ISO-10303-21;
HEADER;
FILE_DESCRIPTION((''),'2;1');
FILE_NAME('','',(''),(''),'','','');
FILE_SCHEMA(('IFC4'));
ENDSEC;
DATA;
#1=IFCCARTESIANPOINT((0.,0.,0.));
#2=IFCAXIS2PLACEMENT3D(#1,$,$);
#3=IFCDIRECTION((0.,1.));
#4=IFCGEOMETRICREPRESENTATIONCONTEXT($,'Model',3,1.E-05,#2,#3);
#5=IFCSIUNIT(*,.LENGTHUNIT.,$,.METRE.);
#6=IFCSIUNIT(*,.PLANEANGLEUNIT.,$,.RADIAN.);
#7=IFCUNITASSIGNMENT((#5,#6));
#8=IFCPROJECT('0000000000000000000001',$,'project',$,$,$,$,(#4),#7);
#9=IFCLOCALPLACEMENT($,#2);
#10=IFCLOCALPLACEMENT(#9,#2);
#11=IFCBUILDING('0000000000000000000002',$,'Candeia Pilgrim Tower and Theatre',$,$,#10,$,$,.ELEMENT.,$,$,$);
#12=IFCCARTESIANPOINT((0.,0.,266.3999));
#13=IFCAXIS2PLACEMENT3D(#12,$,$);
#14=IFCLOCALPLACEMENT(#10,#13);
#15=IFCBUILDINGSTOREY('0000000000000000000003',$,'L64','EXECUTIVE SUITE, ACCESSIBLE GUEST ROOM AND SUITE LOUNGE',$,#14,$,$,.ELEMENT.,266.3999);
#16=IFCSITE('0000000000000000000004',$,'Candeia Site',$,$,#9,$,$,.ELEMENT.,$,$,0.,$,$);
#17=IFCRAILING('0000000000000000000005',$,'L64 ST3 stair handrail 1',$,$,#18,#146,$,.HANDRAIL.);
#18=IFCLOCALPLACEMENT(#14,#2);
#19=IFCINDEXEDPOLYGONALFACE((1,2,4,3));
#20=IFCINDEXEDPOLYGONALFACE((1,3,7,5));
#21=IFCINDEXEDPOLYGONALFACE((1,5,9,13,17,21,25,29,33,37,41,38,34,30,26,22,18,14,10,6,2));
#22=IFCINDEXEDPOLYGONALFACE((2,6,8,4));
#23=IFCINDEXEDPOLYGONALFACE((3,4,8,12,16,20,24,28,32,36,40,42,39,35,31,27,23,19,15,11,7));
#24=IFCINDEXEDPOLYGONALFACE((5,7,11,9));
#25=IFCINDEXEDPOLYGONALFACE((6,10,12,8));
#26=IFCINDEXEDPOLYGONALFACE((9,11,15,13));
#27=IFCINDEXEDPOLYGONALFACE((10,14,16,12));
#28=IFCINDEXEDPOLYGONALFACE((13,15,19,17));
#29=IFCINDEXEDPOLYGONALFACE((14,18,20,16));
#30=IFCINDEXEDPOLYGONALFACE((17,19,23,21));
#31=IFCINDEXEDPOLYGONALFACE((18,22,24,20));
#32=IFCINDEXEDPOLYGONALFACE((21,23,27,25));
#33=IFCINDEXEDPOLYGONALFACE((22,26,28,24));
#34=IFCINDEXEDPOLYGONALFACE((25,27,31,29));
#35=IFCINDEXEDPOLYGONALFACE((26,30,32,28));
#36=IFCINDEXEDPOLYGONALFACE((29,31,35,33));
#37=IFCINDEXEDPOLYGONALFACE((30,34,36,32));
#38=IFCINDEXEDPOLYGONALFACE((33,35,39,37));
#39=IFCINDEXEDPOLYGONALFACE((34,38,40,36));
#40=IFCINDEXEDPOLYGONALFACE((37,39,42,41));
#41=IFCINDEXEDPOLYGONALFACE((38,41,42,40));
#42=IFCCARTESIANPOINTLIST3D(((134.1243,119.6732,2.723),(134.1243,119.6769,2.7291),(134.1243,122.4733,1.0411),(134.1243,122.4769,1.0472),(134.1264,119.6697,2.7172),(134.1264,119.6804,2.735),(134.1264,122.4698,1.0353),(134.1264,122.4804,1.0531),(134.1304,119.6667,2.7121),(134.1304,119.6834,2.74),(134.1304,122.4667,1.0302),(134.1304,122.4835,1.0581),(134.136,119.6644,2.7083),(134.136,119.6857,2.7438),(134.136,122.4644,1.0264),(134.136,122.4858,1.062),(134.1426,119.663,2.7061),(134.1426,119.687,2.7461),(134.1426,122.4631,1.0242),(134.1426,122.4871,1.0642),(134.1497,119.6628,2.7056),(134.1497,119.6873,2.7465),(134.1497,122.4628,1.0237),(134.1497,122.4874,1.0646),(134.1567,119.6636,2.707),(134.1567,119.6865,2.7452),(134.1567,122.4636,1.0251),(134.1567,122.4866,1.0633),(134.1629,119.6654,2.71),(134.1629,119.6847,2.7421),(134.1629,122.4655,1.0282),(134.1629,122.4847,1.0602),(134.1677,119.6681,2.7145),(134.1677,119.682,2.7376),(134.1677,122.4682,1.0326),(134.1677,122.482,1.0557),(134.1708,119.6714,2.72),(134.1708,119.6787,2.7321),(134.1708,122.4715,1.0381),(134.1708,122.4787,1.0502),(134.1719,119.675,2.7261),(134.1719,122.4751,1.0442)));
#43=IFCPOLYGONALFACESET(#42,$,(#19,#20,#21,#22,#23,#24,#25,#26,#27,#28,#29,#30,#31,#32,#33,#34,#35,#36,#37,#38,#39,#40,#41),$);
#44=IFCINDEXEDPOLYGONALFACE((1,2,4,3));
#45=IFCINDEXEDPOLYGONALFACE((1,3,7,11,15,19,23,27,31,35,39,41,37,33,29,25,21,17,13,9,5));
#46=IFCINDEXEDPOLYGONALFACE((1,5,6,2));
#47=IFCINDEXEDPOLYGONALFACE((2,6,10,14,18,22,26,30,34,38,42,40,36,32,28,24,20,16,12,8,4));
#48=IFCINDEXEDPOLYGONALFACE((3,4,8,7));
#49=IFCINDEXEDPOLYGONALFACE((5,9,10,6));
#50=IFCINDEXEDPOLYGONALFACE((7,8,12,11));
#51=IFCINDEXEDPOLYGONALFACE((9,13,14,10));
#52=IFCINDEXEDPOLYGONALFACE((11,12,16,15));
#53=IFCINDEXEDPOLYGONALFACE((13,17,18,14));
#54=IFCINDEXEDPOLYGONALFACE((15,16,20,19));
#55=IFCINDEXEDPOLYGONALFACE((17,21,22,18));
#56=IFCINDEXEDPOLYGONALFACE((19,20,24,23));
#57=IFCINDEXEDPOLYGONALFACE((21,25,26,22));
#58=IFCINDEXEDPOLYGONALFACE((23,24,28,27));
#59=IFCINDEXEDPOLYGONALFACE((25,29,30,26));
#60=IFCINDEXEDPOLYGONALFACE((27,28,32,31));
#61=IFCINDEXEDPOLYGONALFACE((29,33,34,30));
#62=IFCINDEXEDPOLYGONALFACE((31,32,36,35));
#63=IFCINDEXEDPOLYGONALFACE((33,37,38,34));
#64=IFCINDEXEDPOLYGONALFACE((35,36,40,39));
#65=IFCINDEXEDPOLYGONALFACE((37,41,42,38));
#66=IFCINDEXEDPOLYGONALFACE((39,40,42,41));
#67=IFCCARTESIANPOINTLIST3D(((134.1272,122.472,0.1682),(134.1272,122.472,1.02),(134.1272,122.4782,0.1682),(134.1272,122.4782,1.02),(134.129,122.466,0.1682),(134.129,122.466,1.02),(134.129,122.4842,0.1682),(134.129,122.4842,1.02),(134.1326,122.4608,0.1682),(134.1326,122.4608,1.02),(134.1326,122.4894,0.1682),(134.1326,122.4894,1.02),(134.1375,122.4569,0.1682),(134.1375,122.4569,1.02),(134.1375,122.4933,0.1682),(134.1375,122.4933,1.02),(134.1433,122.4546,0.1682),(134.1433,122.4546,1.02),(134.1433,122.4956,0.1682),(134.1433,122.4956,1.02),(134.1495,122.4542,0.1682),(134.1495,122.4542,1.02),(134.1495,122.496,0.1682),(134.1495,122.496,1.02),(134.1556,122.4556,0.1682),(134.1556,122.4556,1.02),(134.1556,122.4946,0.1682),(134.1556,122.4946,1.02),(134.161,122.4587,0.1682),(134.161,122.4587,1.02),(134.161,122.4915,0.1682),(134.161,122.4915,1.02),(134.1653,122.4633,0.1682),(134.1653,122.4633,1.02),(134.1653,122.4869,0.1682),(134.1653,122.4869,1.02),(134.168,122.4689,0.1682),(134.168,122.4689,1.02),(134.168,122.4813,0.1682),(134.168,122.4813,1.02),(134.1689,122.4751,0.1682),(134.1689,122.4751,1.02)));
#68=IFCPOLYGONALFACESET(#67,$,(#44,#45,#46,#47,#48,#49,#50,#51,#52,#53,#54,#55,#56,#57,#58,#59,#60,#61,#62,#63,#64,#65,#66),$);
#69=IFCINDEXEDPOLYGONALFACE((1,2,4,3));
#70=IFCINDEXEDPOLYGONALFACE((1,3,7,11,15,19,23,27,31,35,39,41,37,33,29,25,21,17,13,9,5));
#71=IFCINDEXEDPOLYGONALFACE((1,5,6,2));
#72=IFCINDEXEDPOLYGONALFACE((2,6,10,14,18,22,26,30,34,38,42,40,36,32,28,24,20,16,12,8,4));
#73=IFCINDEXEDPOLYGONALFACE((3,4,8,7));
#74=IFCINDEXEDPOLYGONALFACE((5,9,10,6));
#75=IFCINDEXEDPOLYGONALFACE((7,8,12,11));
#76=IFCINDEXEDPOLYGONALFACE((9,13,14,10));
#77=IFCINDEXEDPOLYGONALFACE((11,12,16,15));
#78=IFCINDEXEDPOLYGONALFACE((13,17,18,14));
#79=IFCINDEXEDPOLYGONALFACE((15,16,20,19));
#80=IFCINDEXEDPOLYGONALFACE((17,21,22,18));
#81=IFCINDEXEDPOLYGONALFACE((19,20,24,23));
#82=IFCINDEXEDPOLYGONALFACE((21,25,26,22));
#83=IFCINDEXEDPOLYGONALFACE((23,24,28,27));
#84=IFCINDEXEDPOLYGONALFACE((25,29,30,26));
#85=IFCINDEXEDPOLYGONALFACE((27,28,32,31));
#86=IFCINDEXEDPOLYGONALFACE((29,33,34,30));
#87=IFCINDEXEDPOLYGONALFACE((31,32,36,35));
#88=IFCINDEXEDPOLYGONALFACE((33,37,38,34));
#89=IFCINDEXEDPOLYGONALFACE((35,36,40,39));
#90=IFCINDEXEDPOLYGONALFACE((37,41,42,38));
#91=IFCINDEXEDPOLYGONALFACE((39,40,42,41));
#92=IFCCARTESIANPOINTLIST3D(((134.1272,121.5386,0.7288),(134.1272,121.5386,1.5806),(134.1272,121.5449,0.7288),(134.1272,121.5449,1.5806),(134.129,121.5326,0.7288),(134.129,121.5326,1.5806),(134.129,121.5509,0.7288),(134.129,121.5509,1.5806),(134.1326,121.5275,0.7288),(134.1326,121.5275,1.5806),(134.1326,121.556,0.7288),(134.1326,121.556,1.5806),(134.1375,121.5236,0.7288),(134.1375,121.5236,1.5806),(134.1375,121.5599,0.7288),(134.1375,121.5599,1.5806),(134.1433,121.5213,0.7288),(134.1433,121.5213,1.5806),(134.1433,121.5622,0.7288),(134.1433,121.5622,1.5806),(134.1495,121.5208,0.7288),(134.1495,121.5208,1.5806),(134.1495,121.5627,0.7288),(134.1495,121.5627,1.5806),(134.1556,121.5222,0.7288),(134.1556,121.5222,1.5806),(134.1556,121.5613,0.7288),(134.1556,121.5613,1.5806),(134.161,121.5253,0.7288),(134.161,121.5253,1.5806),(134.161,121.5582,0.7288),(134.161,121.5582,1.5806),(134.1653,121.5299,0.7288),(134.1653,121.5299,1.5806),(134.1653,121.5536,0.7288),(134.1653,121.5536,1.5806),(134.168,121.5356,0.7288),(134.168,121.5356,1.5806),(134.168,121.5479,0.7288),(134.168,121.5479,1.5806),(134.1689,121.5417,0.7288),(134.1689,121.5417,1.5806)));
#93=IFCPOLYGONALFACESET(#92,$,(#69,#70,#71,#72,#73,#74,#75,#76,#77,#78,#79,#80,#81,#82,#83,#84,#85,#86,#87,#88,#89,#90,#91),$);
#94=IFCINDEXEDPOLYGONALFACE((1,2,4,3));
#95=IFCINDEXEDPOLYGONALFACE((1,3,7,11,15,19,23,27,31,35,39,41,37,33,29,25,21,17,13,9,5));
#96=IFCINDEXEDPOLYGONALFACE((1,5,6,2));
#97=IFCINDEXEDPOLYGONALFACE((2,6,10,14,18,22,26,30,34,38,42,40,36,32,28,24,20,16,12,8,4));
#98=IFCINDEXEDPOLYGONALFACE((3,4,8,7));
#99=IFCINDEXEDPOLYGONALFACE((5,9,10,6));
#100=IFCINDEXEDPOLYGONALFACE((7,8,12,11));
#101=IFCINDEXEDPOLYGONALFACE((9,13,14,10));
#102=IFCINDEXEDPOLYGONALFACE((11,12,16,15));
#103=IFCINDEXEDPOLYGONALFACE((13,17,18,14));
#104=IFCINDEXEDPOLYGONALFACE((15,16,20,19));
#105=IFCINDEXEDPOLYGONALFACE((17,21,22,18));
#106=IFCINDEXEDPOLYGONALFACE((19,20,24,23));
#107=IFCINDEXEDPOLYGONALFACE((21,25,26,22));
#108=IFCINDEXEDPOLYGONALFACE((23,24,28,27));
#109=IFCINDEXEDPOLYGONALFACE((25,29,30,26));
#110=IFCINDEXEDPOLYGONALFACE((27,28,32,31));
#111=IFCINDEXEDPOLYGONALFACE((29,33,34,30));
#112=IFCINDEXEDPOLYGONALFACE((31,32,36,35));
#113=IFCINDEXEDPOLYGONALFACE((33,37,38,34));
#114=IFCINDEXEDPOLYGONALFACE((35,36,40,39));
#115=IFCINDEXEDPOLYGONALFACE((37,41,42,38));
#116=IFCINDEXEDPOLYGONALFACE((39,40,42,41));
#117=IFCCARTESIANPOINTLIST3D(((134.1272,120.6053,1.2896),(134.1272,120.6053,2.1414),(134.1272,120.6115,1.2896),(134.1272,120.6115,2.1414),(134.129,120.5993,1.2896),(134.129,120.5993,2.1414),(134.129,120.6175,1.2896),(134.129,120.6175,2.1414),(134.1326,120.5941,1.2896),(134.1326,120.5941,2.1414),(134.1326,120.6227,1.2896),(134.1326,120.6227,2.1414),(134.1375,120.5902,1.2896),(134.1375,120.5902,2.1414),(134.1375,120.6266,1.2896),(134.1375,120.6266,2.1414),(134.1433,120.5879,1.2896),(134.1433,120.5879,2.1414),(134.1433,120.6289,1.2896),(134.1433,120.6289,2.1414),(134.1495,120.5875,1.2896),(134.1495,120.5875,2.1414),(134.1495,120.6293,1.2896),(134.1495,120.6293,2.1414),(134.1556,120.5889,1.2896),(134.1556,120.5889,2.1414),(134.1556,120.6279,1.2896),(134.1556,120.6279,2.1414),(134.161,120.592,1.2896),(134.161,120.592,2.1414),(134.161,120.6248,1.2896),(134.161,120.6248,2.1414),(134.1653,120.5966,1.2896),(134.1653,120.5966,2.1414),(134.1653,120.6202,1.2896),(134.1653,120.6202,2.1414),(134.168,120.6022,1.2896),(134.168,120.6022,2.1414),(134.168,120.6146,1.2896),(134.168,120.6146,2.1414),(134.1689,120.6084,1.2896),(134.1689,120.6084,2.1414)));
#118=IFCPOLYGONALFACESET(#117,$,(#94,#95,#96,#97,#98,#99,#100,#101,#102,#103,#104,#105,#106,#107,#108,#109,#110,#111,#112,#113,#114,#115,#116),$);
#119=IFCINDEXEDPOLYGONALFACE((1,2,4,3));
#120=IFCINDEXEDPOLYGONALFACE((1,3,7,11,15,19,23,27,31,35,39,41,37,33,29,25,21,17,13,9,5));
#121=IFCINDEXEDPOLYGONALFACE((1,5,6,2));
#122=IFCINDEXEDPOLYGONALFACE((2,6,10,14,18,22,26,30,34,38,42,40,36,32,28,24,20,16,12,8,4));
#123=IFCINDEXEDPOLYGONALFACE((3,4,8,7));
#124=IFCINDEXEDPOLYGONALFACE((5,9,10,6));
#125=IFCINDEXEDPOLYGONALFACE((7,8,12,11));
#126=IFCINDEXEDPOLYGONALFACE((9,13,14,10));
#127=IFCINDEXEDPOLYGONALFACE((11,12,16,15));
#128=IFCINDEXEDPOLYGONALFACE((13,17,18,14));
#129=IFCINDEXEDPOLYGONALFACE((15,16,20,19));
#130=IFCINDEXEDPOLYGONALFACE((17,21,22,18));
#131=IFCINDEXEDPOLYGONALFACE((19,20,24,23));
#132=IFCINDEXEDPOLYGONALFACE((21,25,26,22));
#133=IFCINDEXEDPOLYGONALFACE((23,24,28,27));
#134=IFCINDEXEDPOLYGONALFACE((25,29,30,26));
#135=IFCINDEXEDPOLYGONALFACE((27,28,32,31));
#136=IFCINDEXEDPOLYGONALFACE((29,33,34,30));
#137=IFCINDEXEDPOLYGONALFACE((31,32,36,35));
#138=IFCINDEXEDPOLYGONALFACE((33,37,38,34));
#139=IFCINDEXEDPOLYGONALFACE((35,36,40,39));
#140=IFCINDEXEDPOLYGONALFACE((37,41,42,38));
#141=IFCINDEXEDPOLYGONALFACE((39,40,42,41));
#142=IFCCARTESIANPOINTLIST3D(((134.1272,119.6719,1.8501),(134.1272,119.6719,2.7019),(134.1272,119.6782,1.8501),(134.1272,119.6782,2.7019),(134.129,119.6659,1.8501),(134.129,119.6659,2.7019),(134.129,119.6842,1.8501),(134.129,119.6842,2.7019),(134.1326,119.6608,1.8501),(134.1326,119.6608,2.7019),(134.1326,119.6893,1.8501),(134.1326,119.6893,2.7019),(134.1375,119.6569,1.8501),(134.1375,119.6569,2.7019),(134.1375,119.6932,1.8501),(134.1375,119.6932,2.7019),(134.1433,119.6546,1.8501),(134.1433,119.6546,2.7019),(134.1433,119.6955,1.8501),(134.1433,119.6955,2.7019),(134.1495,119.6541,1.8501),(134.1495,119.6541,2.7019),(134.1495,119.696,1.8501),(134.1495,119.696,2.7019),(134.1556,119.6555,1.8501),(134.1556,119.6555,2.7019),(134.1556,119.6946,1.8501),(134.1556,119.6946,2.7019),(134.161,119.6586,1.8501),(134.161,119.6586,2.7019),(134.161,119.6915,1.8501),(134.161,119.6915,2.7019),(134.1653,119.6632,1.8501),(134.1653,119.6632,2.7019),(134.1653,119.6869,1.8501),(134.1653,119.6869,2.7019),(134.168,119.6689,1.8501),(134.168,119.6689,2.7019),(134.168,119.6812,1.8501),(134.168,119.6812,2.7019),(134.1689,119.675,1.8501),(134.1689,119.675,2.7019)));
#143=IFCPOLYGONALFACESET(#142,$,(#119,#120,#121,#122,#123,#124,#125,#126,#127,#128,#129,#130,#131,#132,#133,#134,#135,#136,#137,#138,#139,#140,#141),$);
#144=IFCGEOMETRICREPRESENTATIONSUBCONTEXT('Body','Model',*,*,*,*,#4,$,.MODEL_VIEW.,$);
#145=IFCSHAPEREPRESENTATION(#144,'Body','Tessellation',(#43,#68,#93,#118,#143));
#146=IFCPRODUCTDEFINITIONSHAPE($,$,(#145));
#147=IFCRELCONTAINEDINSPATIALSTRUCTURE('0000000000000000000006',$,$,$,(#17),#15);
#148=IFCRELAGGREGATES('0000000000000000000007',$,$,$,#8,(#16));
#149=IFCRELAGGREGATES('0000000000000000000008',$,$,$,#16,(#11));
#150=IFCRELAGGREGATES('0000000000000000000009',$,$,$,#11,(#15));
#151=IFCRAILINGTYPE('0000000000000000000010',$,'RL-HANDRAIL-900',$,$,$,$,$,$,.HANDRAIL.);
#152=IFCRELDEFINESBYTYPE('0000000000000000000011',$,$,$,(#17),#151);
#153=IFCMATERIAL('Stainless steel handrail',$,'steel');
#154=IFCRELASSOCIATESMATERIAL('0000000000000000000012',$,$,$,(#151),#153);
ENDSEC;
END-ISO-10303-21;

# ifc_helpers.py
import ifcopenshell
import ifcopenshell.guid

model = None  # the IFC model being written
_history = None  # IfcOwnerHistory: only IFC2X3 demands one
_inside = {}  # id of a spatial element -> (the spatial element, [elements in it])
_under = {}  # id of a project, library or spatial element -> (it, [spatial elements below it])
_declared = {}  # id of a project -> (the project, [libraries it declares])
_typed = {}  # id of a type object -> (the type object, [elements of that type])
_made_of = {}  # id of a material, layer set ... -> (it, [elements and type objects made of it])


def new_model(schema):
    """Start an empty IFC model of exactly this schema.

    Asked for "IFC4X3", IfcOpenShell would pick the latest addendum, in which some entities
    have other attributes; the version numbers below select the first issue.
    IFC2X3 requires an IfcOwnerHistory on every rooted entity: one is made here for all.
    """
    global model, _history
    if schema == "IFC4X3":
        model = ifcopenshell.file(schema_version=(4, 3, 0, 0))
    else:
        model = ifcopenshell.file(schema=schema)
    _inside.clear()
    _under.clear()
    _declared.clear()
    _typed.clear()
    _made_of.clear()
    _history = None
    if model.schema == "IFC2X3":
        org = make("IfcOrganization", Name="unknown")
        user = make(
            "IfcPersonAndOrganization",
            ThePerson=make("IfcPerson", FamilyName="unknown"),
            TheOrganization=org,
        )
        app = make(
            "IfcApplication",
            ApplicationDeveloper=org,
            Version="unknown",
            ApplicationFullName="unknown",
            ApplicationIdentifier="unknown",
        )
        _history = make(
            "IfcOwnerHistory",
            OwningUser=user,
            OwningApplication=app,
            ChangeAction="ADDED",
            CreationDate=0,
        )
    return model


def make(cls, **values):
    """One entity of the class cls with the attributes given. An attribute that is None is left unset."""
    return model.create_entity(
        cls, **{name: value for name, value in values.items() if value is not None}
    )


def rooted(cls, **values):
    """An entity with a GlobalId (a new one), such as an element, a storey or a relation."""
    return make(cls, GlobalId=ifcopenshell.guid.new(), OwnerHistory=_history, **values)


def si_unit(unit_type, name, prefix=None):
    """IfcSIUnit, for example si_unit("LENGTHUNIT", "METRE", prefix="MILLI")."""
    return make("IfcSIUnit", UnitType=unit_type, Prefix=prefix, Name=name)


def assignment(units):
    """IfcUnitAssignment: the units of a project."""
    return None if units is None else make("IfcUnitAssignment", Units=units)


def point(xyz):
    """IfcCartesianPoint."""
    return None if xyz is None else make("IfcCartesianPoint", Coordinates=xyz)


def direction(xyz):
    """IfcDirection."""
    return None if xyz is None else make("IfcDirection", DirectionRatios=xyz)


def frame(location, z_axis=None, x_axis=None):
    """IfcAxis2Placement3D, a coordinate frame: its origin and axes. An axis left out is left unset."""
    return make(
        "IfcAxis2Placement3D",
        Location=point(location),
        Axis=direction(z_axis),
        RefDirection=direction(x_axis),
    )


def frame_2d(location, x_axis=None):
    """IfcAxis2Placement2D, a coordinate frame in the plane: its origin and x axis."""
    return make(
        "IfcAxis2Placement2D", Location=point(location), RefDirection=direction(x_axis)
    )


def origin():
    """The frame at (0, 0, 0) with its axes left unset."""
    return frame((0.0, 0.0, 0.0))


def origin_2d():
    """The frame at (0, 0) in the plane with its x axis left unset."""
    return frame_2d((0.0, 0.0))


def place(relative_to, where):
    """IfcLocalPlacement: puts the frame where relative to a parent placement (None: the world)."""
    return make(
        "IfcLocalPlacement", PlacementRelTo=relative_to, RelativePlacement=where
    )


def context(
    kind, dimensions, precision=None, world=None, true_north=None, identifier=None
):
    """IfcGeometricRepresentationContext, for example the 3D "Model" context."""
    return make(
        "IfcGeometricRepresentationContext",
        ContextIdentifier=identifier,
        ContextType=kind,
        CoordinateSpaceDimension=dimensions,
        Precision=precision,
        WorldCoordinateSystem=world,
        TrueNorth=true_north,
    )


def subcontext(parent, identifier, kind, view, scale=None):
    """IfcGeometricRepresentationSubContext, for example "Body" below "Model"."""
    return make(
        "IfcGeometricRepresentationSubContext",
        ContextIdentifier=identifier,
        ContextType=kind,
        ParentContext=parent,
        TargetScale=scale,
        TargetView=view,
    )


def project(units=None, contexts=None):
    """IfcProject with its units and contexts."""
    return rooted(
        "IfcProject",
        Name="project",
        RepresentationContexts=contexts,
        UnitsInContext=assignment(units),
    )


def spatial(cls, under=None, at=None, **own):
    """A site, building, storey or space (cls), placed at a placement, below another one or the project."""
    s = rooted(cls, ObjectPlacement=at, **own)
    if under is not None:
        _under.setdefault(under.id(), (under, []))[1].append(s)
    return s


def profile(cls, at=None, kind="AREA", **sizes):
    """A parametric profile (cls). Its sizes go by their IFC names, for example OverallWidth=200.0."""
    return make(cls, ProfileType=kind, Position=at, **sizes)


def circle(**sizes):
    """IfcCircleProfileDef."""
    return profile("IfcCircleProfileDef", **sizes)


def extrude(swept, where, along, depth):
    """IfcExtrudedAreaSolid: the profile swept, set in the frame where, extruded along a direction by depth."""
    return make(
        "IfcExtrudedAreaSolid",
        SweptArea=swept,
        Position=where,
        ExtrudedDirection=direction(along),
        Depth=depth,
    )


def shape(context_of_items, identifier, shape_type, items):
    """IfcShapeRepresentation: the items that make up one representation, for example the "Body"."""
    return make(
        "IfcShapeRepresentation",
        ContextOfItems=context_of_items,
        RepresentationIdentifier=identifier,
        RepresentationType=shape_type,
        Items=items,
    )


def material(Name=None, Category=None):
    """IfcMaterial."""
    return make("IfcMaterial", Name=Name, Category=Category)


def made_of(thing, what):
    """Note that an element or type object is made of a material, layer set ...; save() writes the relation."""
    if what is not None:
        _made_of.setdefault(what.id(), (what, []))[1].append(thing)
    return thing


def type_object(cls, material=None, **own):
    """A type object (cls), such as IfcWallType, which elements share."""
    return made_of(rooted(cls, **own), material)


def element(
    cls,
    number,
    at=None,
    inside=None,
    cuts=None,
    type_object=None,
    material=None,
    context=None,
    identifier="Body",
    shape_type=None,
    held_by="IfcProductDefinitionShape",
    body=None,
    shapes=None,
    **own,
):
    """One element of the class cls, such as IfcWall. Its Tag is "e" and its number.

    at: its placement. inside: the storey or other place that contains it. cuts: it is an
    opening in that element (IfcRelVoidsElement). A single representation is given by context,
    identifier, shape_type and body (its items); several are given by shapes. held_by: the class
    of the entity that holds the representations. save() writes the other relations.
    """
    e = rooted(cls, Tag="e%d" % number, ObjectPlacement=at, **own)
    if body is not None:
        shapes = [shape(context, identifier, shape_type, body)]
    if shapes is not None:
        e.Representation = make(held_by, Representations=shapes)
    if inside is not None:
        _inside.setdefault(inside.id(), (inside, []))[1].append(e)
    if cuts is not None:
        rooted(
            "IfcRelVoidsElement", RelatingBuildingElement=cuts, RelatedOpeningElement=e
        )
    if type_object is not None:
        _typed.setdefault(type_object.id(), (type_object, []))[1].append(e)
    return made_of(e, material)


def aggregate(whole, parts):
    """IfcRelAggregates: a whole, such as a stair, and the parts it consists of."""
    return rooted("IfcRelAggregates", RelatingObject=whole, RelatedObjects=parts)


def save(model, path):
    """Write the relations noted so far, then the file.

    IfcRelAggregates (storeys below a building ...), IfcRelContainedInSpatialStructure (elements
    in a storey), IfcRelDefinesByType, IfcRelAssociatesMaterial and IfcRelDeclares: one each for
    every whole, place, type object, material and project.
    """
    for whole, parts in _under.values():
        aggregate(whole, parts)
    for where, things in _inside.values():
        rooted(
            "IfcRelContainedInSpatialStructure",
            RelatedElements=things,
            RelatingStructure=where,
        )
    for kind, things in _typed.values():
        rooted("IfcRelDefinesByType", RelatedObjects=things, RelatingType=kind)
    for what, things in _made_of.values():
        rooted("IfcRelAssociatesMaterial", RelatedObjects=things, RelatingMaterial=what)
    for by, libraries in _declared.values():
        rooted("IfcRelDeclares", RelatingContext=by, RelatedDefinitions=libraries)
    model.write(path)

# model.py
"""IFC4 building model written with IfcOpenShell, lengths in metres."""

from ifc_helpers import new_model, si_unit, direction, frame, origin, origin_2d, place, context, subcontext, project, spatial, circle, extrude, material, type_object, element, save


model = new_model("IFC4")

# Units and contexts
model_context = context("Model", 3, precision=1e-05, world=origin(), true_north=direction((0.0, 1.0)))
body_context = subcontext(model_context, "Body", "Model", "MODEL_VIEW")
ifc_project = project(units=[si_unit("LENGTHUNIT", "METRE"), si_unit("PLANEANGLEUNIT", "RADIAN")], contexts=[model_context])

# Site, building, storey
site_placement = place(None, origin())
site = spatial("IfcSite", under=ifc_project, at=site_placement, Name="Candeia Site", CompositionType="ELEMENT", RefElevation=0.0)
building_placement = place(site_placement, origin())
building = spatial("IfcBuilding", under=site, at=building_placement, Name="Candeia Pilgrim Tower and Theatre", CompositionType="ELEMENT")
storey_placement = place(building_placement, frame((0.0, 0.0, 266.3999)))
storey = spatial("IfcBuildingStorey", under=building, at=storey_placement, Name="L64", Description="EXECUTIVE SUITE, ACCESSIBLE GUEST ROOM AND SUITE LOUNGE", CompositionType="ELEMENT", Elevation=266.3999)

# Railing
ifc_material_1 = material(Name="Stainless steel handrail", Category="steel")
railing_type_1 = type_object("IfcRailingType", Name="RL-HANDRAIL-900", PredefinedType="HANDRAIL", material=ifc_material_1)
railing_1_placement = place(storey_placement, frame((134.1479, 122.4751, 0.1682)))
element("IfcRailing", 1, at=railing_1_placement, inside=storey, type_object=railing_type_1, Name="L64 ST3 stair handrail 1", PredefinedType="HANDRAIL", context=body_context, shape_type="SweptSolid", body=[
    extrude(circle(Radius=0.0239, at=origin_2d()), frame((0.0, 0.0, 0.876), z_axis=(0.0, -0.857242, 0.514913), x_axis=(1.0, 0.0, 0.0)), (0.0, 0.0, 1.0), 3.2664),
    extrude(circle(Radius=0.021, at=origin_2d()), origin(), (0.0, 0.0, 1.0), 0.8518),
    extrude(circle(Radius=0.021, at=origin_2d()), frame((0.0, -0.9333, 0.5605)), (0.0, 0.0, 1.0), 0.8518),
    extrude(circle(Radius=0.021, at=origin_2d()), frame((0.0, -1.8667, 1.1213)), (0.0, 0.0, 1.0), 0.8518),
    extrude(circle(Radius=0.021, at=origin_2d()), frame((0.0, -2.8, 1.6819)), (0.0, 0.0, 1.0), 0.8518),
])

save(model, "model.ifc")
